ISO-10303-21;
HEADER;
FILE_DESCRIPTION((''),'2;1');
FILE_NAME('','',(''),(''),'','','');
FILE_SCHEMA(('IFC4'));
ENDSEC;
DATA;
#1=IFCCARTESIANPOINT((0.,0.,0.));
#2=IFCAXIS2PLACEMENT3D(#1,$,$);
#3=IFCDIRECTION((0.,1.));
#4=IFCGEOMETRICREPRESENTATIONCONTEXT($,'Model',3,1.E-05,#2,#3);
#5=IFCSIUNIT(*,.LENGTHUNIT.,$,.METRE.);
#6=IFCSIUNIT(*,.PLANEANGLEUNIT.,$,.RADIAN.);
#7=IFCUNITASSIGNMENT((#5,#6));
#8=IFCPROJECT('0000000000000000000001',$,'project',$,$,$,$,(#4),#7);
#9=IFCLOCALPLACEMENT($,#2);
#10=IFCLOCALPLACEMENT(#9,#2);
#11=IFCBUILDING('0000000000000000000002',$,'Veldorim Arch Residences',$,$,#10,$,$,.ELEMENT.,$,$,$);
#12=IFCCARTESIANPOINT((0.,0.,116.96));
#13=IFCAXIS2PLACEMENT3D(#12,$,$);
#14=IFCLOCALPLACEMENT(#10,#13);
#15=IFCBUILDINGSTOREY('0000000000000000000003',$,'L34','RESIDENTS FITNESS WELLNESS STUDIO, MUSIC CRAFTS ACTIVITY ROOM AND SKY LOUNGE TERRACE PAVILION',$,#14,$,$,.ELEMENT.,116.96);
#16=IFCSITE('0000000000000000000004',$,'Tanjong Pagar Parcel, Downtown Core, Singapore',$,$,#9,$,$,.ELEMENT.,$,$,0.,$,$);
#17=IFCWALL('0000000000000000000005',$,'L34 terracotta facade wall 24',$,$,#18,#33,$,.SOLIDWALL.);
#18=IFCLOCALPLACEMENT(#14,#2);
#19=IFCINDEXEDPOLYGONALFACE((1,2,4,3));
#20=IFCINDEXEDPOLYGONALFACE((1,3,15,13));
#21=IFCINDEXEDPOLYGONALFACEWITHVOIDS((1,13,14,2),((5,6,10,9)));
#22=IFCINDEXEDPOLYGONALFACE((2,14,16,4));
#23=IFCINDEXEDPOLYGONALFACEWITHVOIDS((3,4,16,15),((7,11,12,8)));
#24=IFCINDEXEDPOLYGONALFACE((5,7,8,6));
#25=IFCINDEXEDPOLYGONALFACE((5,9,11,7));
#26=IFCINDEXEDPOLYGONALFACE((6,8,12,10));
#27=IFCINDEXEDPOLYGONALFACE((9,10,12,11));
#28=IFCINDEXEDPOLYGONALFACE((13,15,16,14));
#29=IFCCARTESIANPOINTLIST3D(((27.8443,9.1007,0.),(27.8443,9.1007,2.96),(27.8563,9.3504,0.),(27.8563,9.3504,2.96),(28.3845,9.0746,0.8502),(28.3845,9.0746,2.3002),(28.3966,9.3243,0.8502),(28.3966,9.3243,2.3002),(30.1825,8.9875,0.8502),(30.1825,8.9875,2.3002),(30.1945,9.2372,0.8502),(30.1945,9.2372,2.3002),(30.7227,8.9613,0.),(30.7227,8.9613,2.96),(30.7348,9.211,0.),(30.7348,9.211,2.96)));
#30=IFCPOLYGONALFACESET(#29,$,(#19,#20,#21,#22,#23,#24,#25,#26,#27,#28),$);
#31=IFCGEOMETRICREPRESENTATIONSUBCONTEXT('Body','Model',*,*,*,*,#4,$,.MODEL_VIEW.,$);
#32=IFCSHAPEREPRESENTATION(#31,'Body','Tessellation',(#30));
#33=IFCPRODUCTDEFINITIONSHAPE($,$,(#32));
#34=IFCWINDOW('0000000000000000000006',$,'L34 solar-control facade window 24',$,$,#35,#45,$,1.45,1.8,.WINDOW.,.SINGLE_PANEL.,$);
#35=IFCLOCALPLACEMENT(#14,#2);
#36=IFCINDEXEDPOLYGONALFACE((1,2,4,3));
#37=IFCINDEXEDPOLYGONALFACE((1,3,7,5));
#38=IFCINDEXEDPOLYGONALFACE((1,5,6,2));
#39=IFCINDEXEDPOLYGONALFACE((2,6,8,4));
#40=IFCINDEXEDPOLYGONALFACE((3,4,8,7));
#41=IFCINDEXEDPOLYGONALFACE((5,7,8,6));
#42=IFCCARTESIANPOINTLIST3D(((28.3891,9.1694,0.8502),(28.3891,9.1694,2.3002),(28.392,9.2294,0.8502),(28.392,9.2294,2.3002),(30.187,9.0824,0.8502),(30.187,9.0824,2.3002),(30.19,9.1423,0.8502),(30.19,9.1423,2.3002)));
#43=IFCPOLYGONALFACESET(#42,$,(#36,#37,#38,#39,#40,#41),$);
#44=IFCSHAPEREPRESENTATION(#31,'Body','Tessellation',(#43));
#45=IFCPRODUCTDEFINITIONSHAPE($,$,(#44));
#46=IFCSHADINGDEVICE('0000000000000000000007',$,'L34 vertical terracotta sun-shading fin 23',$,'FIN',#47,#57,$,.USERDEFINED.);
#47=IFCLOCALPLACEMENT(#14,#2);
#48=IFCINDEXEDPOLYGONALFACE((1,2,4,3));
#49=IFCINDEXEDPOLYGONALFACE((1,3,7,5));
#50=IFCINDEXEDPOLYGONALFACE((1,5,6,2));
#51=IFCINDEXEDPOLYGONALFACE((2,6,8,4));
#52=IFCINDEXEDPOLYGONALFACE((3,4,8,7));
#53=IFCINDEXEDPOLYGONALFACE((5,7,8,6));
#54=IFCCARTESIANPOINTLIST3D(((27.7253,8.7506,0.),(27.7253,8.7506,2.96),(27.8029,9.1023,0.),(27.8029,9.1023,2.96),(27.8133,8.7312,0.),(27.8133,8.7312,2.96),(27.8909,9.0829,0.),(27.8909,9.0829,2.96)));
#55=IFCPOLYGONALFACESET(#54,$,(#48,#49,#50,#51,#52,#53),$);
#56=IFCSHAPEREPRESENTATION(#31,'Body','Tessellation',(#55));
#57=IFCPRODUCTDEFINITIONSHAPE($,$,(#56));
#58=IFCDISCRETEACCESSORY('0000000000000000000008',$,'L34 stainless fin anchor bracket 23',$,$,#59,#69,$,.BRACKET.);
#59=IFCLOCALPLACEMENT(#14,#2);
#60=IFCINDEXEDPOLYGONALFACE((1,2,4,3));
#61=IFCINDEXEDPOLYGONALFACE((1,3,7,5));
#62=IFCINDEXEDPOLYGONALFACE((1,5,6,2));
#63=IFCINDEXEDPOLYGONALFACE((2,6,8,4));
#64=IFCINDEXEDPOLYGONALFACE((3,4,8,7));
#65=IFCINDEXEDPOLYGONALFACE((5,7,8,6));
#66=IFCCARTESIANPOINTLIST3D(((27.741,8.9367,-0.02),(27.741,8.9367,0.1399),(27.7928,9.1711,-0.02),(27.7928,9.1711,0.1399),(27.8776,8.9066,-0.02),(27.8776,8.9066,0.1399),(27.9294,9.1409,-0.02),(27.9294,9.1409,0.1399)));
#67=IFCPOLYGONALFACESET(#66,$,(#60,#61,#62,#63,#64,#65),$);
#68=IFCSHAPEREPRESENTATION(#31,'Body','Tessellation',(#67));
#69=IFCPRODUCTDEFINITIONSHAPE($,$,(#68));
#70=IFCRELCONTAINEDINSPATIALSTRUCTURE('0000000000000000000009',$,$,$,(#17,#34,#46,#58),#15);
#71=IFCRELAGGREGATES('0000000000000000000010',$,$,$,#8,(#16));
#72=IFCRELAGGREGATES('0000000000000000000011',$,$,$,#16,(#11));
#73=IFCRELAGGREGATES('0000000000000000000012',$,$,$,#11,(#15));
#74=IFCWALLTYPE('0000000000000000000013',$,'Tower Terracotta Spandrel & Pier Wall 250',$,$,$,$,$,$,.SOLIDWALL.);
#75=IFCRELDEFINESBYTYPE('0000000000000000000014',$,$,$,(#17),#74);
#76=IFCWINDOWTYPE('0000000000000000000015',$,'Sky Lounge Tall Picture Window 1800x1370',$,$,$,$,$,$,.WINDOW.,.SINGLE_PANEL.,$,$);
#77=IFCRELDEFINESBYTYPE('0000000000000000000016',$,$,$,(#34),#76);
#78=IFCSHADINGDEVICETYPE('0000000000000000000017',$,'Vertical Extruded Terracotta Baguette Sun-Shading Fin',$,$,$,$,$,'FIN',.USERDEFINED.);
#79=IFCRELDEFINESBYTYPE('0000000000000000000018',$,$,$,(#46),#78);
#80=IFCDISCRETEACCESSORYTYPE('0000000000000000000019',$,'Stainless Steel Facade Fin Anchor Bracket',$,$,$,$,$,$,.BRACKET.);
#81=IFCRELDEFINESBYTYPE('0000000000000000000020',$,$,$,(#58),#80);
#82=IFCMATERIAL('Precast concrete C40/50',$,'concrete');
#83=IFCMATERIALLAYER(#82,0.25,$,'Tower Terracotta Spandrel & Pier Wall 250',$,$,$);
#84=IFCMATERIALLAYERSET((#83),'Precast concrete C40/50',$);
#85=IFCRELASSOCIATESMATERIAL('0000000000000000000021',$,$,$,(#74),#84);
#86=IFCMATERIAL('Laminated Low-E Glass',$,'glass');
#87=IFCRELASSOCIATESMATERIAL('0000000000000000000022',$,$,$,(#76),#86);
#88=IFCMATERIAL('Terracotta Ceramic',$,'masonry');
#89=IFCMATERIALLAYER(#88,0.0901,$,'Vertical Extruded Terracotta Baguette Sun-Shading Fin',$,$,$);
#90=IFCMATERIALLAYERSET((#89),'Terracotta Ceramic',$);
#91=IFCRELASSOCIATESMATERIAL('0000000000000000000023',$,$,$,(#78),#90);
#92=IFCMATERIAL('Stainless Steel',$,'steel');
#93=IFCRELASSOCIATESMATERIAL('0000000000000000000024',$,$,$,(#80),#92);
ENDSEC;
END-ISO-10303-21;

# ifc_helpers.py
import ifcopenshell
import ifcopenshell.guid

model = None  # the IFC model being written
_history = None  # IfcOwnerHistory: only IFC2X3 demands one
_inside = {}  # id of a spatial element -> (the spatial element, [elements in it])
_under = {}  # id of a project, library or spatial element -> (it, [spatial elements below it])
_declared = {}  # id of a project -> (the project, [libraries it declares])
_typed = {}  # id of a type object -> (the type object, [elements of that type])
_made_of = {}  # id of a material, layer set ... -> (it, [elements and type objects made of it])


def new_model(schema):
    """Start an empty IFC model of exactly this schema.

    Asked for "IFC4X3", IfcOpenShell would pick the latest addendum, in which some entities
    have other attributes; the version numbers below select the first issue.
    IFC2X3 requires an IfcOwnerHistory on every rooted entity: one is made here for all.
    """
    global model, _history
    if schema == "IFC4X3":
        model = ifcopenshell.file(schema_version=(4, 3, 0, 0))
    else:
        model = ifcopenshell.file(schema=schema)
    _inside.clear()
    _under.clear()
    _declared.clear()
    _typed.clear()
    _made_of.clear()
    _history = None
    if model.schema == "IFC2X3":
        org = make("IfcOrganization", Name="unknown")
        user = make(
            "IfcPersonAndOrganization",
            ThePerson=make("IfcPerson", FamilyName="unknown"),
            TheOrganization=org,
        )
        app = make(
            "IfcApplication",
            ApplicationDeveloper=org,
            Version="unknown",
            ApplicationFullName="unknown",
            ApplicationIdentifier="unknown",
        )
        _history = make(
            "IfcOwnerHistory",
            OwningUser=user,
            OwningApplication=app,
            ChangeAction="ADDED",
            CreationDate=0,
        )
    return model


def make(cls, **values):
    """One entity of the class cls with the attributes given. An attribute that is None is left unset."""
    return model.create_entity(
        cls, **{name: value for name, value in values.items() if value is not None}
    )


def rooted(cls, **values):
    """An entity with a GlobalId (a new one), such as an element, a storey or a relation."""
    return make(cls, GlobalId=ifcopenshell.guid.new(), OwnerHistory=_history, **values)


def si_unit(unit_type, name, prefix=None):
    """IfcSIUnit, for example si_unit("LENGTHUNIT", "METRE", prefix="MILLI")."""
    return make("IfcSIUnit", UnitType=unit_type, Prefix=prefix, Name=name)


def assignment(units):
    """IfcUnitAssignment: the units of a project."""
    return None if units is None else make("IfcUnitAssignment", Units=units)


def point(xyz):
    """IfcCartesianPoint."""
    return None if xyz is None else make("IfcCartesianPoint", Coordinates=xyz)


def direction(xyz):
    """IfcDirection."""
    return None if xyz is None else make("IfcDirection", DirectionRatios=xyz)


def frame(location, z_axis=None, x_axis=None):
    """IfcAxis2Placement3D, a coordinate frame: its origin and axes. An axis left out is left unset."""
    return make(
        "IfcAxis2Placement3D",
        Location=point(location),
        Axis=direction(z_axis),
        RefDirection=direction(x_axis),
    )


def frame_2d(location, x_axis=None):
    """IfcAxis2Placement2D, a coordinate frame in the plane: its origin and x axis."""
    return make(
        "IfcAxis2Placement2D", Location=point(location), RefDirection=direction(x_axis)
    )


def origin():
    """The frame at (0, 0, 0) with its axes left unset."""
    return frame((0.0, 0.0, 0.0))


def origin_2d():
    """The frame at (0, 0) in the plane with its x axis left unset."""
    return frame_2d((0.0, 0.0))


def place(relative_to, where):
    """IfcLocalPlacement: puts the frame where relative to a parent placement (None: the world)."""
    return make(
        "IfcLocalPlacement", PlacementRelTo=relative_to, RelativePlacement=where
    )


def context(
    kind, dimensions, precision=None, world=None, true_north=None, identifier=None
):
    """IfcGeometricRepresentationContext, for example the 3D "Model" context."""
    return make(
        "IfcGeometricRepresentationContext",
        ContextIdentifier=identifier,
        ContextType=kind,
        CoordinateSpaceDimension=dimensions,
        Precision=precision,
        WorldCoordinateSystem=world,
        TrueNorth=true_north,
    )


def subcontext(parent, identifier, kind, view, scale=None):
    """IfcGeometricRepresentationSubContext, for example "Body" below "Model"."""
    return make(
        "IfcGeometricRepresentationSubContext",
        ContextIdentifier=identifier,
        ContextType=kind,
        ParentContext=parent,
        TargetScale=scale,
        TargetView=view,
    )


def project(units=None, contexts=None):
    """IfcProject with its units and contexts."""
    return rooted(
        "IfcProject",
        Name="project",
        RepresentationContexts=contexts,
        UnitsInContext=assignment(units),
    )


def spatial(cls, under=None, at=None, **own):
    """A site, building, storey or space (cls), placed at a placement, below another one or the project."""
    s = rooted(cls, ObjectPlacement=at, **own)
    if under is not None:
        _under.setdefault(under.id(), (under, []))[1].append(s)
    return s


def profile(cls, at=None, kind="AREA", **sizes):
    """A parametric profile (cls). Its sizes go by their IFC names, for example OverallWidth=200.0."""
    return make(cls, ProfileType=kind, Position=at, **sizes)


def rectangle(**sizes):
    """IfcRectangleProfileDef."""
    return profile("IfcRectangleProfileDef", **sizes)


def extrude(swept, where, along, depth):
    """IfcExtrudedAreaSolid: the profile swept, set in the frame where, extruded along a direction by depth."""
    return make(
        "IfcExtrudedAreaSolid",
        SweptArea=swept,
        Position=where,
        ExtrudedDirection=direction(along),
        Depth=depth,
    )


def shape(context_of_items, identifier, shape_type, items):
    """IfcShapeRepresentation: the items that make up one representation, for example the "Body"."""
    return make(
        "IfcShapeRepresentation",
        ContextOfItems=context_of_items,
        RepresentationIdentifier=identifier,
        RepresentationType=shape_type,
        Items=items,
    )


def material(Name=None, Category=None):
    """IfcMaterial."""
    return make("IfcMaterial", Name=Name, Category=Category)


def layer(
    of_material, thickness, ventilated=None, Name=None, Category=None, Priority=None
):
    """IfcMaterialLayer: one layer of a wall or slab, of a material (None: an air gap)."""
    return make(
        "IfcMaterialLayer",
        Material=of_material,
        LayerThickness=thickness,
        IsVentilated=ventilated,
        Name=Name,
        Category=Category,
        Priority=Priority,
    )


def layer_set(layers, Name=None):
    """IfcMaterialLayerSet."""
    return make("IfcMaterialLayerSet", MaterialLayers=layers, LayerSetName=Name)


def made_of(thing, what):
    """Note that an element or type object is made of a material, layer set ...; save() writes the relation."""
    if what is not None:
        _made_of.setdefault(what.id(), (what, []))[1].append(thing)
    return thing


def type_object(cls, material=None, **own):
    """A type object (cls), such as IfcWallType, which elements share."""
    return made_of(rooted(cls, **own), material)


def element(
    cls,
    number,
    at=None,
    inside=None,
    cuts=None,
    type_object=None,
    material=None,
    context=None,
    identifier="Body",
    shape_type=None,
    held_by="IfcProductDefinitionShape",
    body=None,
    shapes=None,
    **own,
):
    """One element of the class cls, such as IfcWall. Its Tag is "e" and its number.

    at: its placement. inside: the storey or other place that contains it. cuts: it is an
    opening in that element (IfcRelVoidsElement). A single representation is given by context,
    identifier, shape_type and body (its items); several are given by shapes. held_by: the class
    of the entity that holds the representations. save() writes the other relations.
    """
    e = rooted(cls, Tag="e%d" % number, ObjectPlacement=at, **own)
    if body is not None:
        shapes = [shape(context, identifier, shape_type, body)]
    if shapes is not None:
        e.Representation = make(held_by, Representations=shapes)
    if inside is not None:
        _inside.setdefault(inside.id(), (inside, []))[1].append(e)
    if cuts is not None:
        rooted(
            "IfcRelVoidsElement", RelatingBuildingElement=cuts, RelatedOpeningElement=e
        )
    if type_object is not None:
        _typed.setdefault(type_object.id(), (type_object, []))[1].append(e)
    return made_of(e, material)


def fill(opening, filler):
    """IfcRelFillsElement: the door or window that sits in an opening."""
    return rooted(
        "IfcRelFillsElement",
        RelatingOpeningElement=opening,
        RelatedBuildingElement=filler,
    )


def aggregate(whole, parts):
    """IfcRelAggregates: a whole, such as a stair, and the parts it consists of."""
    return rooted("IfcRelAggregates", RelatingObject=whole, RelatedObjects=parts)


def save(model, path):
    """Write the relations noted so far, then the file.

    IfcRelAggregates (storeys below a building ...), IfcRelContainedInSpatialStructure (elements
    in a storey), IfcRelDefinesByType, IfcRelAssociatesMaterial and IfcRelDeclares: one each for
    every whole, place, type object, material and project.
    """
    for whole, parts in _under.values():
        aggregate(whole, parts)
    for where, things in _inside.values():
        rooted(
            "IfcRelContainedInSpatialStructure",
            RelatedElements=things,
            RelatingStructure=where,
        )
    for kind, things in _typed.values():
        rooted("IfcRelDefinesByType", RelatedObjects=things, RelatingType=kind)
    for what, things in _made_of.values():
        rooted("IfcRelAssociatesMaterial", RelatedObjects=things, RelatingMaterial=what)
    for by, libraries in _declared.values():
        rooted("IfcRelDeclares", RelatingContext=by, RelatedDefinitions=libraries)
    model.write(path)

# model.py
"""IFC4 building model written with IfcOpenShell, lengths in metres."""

from ifc_helpers import new_model, si_unit, direction, frame, frame_2d, origin, origin_2d, place, context, subcontext, project, spatial, rectangle, extrude, material, layer, layer_set, type_object, element, fill, save


model = new_model("IFC4")

# Units and contexts
model_context = context("Model", 3, precision=1e-05, world=origin(), true_north=direction((0.0, 1.0)))
body_context = subcontext(model_context, "Body", "Model", "MODEL_VIEW")
ifc_project = project(units=[si_unit("LENGTHUNIT", "METRE"), si_unit("PLANEANGLEUNIT", "RADIAN")], contexts=[model_context])

# Site, building, storey
site_placement = place(None, origin())
site = spatial("IfcSite", under=ifc_project, at=site_placement, Name="Tanjong Pagar Parcel, Downtown Core, Singapore", CompositionType="ELEMENT", RefElevation=0.0)
building_placement = place(site_placement, origin())
building = spatial("IfcBuilding", under=site, at=building_placement, Name="Veldorim Arch Residences", CompositionType="ELEMENT")
storey_placement = place(building_placement, frame((0.0, 0.0, 116.96)))
storey = spatial("IfcBuildingStorey", under=building, at=storey_placement, Name="L34", Description="RESIDENTS FITNESS WELLNESS STUDIO, MUSIC CRAFTS ACTIVITY ROOM AND SKY LOUNGE TERRACE PAVILION", CompositionType="ELEMENT", Elevation=116.96)

# Wall, opening, window
ifc_material_1 = material(Name="Precast concrete C40/50", Category="concrete")
ifc_layer_1 = layer(ifc_material_1, 0.25, Name="Tower Terracotta Spandrel & Pier Wall 250")
ifc_layer_set_1 = layer_set([ifc_layer_1], Name="Precast concrete C40/50")
wall_type = type_object("IfcWallType", Name="Tower Terracotta Spandrel & Pier Wall 250", PredefinedType="SOLIDWALL", material=ifc_layer_set_1)
ifc_material_2 = material(Name="Laminated Low-E Glass", Category="glass")
window_type = type_object("IfcWindowType", Name="Sky Lounge Tall Picture Window 1800x1370", PartitioningType="SINGLE_PANEL", PredefinedType="WINDOW", material=ifc_material_2)
wall_1_placement = place(storey_placement, frame((30.7288, 9.0862, 0.0), z_axis=(0.0, 0.0, 1.0), x_axis=(-0.998829, 0.048374, 0.0)))
wall_1 = element("IfcWall", 1, at=wall_1_placement, inside=storey, type_object=wall_type, Name="L34 terracotta facade wall 24", PredefinedType="SOLIDWALL", context=body_context, shape_type="SweptSolid", body=[
    extrude(rectangle(XDim=2.8818, YDim=0.25, at=frame_2d((1.4409, 0.0))), origin(), (0.0, 0.0, 1.0), 2.96),
])
opening_1_placement = place(wall_1_placement, frame((0.541, 0.0, 0.8501)))
opening_1 = element("IfcOpeningElement", 2, at=opening_1_placement, cuts=wall_1, PredefinedType="OPENING", context=body_context, shape_type="SweptSolid", body=[
    extrude(rectangle(XDim=1.8, YDim=1.45, at=frame_2d((0.8999, 0.7251))), frame((0.0, 0.135, 0.0), z_axis=(0.0, -1.0, 0.0), x_axis=(1.0, 0.0, 0.0)), (0.0, 0.0, 1.0), 0.27),
])
window_1_placement = place(opening_1_placement, origin())
window_1 = element("IfcWindow", 3, at=window_1_placement, inside=storey, type_object=window_type, Name="L34 solar-control facade window 24", OverallHeight=1.45, OverallWidth=1.8, PartitioningType="SINGLE_PANEL", PredefinedType="WINDOW", context=body_context, shape_type="SweptSolid", body=[
    extrude(rectangle(XDim=1.8, YDim=1.45, at=frame_2d((0.8999, 0.7251))), frame((0.0, 0.03, 0.0), z_axis=(0.0, -1.0, 0.0), x_axis=(1.0, 0.0, 0.0)), (0.0, 0.0, 1.0), 0.0601),
])
fill(opening_1, window_1)

# Shading device
ifc_material_3 = material(Name="Terracotta Ceramic", Category="masonry")
ifc_layer_2 = layer(ifc_material_3, 0.0901, Name="Vertical Extruded Terracotta Baguette Sun-Shading Fin")
ifc_layer_set_2 = layer_set([ifc_layer_2], Name="Terracotta Ceramic")
shading_device_type = type_object("IfcShadingDeviceType", Name="Vertical Extruded Terracotta Baguette Sun-Shading Fin", ElementType="FIN", PredefinedType="USERDEFINED", material=ifc_layer_set_2)
shading_device_placement = place(storey_placement, frame((27.8081, 8.9167, 0.0), z_axis=(0.0, 0.0, 1.0), x_axis=(-0.976485, 0.215588, 0.0)))
element("IfcShadingDevice", 4, at=shading_device_placement, inside=storey, type_object=shading_device_type, Name="L34 vertical terracotta sun-shading fin 23", ObjectType="FIN", PredefinedType="USERDEFINED", context=body_context, shape_type="SweptSolid", body=[
    extrude(rectangle(XDim=0.0901, YDim=0.3601, at=origin_2d()), origin(), (0.0, 0.0, 1.0), 2.96),
])

# Discrete accessory
ifc_material_4 = material(Name="Stainless Steel", Category="steel")
discrete_accessory_type = type_object("IfcDiscreteAccessoryType", Name="Stainless Steel Facade Fin Anchor Bracket", PredefinedType="BRACKET", material=ifc_material_4)
discrete_accessory_placement = place(storey_placement, frame((27.8352, 9.0388, -0.02), z_axis=(0.0, 0.0, 1.0), x_axis=(-0.976485, 0.215588, 0.0)))
element("IfcDiscreteAccessory", 5, at=discrete_accessory_placement, inside=storey, type_object=discrete_accessory_type, Name="L34 stainless fin anchor bracket 23", PredefinedType="BRACKET", context=body_context, shape_type="SweptSolid", body=[
    extrude(rectangle(XDim=0.1399, YDim=0.24, at=origin_2d()), origin(), (0.0, 0.0, 1.0), 0.1599),
])

save(model, "model.ifc")
